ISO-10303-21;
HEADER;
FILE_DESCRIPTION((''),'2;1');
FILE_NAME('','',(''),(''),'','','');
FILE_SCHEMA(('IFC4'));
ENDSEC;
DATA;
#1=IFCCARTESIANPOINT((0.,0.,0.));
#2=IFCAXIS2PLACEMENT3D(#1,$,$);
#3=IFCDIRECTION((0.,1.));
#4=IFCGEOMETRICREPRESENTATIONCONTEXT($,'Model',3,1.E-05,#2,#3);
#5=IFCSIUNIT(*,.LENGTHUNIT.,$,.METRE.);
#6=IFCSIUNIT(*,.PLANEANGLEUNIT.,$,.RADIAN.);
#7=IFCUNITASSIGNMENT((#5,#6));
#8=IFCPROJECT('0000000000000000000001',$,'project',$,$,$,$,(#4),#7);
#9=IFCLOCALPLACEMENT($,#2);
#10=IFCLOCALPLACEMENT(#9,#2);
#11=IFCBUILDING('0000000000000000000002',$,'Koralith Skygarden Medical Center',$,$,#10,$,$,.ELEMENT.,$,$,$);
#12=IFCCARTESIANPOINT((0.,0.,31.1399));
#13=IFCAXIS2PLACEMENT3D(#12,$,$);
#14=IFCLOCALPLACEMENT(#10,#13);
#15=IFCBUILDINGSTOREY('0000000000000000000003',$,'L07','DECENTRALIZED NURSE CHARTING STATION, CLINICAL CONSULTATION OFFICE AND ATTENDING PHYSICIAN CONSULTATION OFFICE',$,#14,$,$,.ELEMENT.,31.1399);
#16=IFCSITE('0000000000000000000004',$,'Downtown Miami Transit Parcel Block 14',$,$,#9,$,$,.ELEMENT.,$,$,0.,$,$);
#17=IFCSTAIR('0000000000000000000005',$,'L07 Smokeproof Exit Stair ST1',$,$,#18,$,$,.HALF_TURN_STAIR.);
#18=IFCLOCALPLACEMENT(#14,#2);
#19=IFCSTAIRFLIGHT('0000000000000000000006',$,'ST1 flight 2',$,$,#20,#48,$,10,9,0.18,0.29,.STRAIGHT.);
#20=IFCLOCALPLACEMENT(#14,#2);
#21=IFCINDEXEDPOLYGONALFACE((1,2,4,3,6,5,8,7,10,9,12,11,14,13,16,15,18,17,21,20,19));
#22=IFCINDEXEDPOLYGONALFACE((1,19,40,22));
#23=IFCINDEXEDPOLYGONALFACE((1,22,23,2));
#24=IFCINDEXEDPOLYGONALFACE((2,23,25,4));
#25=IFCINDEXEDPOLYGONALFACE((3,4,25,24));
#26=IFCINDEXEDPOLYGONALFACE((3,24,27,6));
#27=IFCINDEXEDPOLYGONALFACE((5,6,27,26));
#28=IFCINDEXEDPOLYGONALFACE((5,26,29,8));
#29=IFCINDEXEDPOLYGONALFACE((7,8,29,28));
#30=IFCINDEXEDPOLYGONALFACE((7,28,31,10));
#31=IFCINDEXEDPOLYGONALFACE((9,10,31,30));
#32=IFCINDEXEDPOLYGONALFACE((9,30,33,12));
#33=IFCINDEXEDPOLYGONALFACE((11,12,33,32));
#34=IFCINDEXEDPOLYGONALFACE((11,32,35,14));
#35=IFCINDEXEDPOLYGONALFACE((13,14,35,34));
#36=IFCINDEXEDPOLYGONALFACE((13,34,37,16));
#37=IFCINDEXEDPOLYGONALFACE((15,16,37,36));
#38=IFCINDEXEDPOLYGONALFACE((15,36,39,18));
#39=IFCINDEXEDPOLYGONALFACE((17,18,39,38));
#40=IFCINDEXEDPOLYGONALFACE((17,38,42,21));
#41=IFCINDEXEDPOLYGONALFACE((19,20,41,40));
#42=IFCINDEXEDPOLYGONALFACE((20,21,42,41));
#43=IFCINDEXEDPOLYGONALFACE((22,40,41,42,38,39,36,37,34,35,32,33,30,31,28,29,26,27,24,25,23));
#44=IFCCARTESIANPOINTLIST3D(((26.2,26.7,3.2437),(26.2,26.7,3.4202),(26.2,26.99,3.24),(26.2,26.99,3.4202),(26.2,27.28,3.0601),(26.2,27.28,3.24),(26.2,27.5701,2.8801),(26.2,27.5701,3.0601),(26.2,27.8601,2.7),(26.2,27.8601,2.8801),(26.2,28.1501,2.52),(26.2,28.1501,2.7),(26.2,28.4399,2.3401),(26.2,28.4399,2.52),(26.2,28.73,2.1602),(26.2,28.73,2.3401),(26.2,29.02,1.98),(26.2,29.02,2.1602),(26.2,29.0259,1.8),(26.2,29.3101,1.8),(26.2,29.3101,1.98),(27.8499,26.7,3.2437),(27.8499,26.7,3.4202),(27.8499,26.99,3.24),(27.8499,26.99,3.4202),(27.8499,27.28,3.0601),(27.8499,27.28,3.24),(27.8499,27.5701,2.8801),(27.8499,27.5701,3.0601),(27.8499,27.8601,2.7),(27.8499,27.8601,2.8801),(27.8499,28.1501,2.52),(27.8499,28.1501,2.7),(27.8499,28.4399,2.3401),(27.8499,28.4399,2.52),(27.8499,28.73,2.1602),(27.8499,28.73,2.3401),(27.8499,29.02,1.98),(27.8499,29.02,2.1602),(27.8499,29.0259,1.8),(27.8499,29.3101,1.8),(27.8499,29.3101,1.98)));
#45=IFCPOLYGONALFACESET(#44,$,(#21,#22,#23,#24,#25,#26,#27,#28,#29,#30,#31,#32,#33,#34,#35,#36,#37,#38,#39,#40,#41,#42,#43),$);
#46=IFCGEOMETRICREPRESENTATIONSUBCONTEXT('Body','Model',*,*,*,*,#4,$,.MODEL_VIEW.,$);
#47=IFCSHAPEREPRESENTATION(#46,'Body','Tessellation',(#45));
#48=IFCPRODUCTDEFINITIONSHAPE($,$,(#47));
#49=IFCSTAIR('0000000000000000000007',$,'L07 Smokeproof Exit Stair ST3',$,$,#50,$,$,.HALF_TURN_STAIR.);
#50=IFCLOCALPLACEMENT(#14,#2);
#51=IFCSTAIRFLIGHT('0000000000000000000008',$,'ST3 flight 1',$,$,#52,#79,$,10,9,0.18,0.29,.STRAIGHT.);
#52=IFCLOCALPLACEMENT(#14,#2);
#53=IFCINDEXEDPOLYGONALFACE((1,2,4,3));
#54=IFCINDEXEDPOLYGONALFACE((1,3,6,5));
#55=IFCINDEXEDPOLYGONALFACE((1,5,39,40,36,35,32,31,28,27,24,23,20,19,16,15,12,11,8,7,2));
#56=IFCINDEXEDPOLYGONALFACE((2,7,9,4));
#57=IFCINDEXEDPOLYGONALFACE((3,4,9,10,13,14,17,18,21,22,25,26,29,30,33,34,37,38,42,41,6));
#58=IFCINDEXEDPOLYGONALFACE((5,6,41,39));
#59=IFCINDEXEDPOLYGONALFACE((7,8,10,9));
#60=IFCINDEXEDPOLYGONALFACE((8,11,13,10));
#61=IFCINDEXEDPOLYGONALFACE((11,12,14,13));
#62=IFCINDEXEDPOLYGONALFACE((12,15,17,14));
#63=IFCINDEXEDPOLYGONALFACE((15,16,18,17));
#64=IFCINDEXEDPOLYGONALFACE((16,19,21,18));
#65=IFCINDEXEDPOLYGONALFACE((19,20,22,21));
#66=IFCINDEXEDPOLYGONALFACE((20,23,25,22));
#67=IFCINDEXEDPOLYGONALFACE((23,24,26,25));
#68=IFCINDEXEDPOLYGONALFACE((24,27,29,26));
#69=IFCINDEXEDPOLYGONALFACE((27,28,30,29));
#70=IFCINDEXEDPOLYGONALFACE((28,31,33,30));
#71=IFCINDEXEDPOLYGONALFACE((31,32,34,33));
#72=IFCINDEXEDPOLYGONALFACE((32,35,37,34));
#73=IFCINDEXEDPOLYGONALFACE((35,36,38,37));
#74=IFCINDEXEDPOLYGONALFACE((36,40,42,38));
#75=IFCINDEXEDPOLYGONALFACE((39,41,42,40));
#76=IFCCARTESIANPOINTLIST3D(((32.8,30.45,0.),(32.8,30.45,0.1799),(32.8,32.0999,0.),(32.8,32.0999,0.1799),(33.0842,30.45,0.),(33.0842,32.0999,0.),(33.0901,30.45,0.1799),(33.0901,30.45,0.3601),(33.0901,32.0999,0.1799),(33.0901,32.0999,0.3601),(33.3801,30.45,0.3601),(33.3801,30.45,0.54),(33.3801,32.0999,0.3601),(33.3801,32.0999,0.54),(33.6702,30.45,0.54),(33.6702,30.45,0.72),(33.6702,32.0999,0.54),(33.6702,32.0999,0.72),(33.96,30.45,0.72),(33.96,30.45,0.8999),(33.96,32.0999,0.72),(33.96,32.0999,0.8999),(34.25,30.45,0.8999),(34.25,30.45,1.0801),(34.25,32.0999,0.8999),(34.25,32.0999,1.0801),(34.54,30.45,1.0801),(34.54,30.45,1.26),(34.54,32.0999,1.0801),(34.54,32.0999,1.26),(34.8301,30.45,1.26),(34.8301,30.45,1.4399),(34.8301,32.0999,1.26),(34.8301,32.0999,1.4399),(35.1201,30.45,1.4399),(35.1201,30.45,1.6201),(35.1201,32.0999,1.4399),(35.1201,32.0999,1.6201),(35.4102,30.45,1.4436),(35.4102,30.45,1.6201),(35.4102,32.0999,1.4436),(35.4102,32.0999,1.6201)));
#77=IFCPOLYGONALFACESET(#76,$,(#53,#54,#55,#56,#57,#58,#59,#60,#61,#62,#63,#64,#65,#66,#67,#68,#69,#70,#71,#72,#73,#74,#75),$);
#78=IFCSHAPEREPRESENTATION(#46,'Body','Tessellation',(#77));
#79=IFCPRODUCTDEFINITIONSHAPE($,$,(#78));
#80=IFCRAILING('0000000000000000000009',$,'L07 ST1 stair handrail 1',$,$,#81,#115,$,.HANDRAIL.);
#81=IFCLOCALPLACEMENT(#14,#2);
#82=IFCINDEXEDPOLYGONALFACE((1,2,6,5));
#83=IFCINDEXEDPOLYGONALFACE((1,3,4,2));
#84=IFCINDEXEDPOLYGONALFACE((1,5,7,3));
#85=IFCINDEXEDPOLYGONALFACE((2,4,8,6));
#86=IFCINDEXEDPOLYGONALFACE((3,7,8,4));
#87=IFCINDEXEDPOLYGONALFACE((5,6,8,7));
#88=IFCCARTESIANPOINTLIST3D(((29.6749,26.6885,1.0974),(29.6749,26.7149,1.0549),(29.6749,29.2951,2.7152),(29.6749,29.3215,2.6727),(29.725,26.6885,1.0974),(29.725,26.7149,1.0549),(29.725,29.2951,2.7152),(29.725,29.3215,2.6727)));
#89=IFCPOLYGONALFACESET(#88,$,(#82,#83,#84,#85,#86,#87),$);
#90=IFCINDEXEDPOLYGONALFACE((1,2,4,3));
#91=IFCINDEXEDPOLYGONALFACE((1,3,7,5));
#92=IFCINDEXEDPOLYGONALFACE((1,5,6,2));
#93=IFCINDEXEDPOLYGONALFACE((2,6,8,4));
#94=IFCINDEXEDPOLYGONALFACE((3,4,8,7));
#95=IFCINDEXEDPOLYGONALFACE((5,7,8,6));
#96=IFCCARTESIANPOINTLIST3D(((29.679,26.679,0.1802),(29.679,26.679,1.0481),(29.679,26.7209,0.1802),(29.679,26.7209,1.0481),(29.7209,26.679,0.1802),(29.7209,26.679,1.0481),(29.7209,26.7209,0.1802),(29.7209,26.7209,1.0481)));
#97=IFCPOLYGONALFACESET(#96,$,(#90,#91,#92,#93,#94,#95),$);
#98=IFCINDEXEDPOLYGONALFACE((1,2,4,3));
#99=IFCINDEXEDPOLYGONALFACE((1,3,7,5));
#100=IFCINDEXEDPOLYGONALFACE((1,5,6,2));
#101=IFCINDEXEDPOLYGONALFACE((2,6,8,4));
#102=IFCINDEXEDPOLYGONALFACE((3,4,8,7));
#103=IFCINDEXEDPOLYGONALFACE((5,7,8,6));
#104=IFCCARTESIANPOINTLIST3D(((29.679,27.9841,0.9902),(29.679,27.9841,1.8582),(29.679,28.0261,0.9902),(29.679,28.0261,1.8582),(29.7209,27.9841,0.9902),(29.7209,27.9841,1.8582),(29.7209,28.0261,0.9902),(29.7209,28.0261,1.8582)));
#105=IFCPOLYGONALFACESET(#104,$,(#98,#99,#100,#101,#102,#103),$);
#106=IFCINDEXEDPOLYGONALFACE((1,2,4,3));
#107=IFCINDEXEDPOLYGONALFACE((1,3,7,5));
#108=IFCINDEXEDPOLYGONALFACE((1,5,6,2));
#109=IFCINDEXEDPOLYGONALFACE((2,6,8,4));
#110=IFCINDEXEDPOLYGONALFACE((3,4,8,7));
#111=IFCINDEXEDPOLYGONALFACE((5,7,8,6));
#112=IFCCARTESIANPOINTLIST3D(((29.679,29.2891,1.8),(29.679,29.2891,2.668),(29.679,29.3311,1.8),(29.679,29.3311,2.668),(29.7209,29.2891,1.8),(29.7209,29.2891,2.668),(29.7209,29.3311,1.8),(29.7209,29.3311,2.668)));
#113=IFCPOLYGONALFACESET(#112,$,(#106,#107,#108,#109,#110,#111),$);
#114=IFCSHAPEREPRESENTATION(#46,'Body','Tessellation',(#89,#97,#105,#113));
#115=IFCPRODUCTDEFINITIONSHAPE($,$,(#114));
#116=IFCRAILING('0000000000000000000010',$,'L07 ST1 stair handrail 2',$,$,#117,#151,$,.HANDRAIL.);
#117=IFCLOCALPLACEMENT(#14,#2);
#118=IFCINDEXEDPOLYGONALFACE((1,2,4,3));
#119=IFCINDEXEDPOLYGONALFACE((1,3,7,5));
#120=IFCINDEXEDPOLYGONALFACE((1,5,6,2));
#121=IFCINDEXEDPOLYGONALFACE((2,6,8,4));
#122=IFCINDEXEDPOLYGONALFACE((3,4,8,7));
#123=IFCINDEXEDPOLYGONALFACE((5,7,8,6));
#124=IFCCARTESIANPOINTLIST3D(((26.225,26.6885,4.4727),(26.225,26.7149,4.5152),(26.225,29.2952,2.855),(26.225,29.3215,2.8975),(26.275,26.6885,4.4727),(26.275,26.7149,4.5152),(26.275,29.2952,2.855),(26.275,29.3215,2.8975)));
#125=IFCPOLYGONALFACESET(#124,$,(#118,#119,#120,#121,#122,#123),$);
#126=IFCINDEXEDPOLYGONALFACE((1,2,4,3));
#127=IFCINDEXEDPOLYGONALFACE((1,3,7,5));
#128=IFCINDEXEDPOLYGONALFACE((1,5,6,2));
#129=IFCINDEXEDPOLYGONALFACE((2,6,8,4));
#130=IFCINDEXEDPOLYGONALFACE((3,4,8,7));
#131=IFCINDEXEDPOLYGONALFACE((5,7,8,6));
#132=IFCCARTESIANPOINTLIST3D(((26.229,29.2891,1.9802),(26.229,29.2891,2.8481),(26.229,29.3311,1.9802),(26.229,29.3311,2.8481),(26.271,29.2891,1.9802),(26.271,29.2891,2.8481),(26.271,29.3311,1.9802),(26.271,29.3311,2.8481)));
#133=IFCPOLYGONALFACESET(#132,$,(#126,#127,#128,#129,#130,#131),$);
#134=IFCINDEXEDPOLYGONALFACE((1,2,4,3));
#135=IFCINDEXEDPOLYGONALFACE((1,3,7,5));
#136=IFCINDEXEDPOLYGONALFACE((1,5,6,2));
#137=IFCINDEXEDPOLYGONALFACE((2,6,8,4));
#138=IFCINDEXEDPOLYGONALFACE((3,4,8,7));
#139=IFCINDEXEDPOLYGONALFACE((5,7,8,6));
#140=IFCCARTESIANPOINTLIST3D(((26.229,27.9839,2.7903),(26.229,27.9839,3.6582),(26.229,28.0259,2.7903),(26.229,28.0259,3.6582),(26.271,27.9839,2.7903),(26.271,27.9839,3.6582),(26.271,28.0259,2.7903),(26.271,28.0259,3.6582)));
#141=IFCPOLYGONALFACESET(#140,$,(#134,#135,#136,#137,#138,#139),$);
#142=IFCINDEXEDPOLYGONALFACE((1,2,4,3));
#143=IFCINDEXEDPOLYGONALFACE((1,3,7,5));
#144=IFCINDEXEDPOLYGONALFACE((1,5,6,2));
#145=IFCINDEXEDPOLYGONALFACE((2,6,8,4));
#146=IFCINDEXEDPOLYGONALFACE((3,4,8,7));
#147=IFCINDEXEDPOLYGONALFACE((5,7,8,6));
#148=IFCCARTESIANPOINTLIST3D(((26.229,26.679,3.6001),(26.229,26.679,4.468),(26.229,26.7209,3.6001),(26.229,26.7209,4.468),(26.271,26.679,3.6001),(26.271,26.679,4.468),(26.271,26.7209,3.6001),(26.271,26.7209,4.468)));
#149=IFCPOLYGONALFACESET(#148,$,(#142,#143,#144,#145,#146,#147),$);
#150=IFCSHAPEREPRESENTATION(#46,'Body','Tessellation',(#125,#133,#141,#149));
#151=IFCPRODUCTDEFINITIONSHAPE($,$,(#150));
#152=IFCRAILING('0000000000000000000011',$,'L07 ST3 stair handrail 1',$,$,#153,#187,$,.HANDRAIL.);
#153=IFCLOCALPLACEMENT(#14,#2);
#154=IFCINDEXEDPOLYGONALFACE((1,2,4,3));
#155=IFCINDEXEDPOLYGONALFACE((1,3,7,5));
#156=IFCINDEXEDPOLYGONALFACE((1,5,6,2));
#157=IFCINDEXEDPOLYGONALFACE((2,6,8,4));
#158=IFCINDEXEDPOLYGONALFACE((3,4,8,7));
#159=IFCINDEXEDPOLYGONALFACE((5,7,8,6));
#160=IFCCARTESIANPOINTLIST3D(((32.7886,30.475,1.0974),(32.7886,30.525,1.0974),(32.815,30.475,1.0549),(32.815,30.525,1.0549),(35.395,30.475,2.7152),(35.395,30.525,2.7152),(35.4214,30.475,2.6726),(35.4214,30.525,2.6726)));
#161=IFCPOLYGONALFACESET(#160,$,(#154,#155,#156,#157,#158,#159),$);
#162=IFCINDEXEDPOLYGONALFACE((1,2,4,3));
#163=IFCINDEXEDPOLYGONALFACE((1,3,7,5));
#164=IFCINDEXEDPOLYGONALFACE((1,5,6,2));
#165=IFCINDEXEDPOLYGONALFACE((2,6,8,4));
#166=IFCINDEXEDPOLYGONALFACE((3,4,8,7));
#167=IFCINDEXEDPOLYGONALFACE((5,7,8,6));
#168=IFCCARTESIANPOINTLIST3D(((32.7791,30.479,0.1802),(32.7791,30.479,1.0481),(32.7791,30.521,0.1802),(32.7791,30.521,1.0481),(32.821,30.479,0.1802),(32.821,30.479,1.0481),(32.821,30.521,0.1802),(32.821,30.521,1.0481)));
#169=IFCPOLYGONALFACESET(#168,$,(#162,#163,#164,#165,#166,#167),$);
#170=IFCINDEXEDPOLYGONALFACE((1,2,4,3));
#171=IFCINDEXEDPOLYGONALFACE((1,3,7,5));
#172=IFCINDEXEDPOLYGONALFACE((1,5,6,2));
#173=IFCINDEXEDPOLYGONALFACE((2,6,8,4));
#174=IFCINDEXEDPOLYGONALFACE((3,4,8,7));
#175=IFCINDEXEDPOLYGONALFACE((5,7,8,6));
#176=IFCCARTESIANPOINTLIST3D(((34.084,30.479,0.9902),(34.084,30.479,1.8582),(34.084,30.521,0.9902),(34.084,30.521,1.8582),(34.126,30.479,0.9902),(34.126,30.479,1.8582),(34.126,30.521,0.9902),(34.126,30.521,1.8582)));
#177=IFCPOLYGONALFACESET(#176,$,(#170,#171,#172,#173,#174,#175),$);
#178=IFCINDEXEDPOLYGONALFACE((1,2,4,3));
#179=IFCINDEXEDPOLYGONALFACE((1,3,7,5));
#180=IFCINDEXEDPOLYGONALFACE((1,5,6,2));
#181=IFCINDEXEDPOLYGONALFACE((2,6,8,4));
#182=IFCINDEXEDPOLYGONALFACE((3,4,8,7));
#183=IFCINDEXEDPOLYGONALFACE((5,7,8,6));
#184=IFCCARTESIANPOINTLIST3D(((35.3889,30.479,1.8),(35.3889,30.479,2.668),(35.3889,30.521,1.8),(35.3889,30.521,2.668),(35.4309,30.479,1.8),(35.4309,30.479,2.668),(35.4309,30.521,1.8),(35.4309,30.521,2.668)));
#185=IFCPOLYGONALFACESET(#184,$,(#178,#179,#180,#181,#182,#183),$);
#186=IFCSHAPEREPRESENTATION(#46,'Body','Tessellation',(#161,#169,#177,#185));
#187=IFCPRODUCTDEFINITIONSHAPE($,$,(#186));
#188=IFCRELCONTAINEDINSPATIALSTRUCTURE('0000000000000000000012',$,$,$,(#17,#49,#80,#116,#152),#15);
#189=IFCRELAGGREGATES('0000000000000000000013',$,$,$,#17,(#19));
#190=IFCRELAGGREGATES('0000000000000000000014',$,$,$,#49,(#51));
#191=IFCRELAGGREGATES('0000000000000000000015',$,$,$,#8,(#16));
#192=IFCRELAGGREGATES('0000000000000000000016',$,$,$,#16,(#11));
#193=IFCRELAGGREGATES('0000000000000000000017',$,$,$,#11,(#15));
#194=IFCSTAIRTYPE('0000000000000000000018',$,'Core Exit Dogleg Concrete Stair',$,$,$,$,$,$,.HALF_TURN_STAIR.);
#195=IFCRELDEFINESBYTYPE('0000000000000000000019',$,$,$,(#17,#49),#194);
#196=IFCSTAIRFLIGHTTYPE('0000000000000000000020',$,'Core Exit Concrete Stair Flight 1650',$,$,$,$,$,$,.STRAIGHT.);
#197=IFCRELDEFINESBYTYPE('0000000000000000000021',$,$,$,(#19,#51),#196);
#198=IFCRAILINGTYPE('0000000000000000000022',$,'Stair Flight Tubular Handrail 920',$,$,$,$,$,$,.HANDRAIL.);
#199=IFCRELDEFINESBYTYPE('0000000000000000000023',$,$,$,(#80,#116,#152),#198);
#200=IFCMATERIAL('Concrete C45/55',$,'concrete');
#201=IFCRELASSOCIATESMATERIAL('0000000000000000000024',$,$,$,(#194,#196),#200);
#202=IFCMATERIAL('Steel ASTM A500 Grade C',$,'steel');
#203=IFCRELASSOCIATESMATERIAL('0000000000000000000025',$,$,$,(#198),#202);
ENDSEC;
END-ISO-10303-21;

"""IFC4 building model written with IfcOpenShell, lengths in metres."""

from ifc_helpers import new_model, si_unit, direction, frame, origin, origin_2d, place, context, subcontext, project, spatial, polyline, rectangle, outline, extrude, material, type_object, element, aggregate, save


model = new_model("IFC4")

# Units and contexts
model_context = context("Model", 3, precision=1e-05, world=origin(), true_north=direction((0.0, 1.0)))
body_context = subcontext(model_context, "Body", "Model", "MODEL_VIEW")
ifc_project = project(units=[si_unit("LENGTHUNIT", "METRE"), si_unit("PLANEANGLEUNIT", "RADIAN")], contexts=[model_context])

# Site, building, storey
site_placement = place(None, origin())
site = spatial("IfcSite", under=ifc_project, at=site_placement, Name="Downtown Miami Transit Parcel Block 14", CompositionType="ELEMENT", RefElevation=0.0)
building_placement = place(site_placement, origin())
building = spatial("IfcBuilding", under=site, at=building_placement, Name="Koralith Skygarden Medical Center", CompositionType="ELEMENT")
storey_placement = place(building_placement, frame((0.0, 0.0, 31.1399)))
storey = spatial("IfcBuildingStorey", under=building, at=storey_placement, Name="L07", Description="DECENTRALIZED NURSE CHARTING STATION, CLINICAL CONSULTATION OFFICE AND ATTENDING PHYSICIAN CONSULTATION OFFICE", CompositionType="ELEMENT", Elevation=31.1399)

# Shared definitions
ifc_material_1 = material(Name="Concrete C45/55", Category="concrete")

# Stair, stair flight
stair_type = type_object("IfcStairType", Name="Core Exit Dogleg Concrete Stair", PredefinedType="HALF_TURN_STAIR", material=ifc_material_1)
stair_1_placement = place(storey_placement, origin())
stair_1 = element("IfcStair", 1, at=stair_1_placement, inside=storey, type_object=stair_type, Name="L07 Smokeproof Exit Stair ST1", PredefinedType="HALF_TURN_STAIR")
stair_flight_type = type_object("IfcStairFlightType", Name="Core Exit Concrete Stair Flight 1650", PredefinedType="STRAIGHT", material=ifc_material_1)
stair_flight_1_placement = place(storey_placement, frame((27.0249, 29.3101, 1.8), z_axis=(0.0, 0.0, 1.0), x_axis=(0.0, -1.0, 0.0)))
stair_flight_1 = element("IfcStairFlight", 2, at=stair_flight_1_placement, type_object=stair_flight_type, Name="ST1 flight 2", NumberOfRisers=10, NumberOfTreads=9, PredefinedType="STRAIGHT", RiserHeight=0.18, TreadLength=0.29, context=body_context, shape_type="SweptSolid", body=[
    extrude(outline(polyline([(0.0, 0.0), (0.0, 0.1799), (0.29, 0.1799), (0.29, 0.3601), (0.5801, 0.3601), (0.5801, 0.54), (0.8701, 0.54), (0.8701, 0.72), (1.1599, 0.72), (1.1599, 0.8999), (1.45, 0.8999), (1.45, 1.0801), (1.74, 1.0801), (1.74, 1.26), (2.03, 1.26), (2.03, 1.4399), (2.3201, 1.4399), (2.3201, 1.6201), (2.6101, 1.6201), (2.6101, 1.8), (2.6101, 1.4436), (0.2842, 0.0), (0.0, 0.0)])), frame((0.0, 0.825, 0.0), z_axis=(0.0, -1.0, 0.0), x_axis=(1.0, 0.0, 0.0)), (0.0, 0.0, 1.0), 1.6499),
])
aggregate(stair_1, [stair_flight_1])

# Stair, stair flight
stair_2_placement = place(storey_placement, origin())
stair_2 = element("IfcStair", 3, at=stair_2_placement, inside=storey, type_object=stair_type, Name="L07 Smokeproof Exit Stair ST3", PredefinedType="HALF_TURN_STAIR")
stair_flight_2_placement = place(storey_placement, frame((32.8, 31.2749, 0.0), z_axis=(0.0, 0.0, 1.0), x_axis=(1.0, 0.0, 0.0)))
stair_flight_2 = element("IfcStairFlight", 4, at=stair_flight_2_placement, type_object=stair_flight_type, Name="ST3 flight 1", NumberOfRisers=10, NumberOfTreads=9, PredefinedType="STRAIGHT", RiserHeight=0.18, TreadLength=0.29, context=body_context, shape_type="SweptSolid", body=[
    extrude(outline(polyline([(0.0, 0.0), (0.0, 0.1799), (0.29, 0.1799), (0.29, 0.3601), (0.5801, 0.3601), (0.5801, 0.54), (0.8701, 0.54), (0.8701, 0.72), (1.1599, 0.72), (1.1599, 0.8999), (1.45, 0.8999), (1.45, 1.0801), (1.74, 1.0801), (1.74, 1.26), (2.03, 1.26), (2.03, 1.4399), (2.3201, 1.4399), (2.3201, 1.6201), (2.6101, 1.6201), (2.6101, 1.8), (2.6101, 1.4436), (0.2842, 0.0), (0.0, 0.0)])), frame((0.0, 0.825, 0.0), z_axis=(0.0, -1.0, 0.0), x_axis=(1.0, 0.0, 0.0)), (0.0, 0.0, 1.0), 1.6499),
])
aggregate(stair_2, [stair_flight_2])

# Railings
ifc_material_2 = material(Name="Steel ASTM A500 Grade C", Category="steel")
railing_type_1 = type_object("IfcRailingType", Name="Stair Flight Tubular Handrail 920", PredefinedType="HANDRAIL", material=ifc_material_2)
railing_1_placement = place(storey_placement, frame((29.7, 26.7, 0.1802)))
element("IfcRailing", 5, at=railing_1_placement, inside=storey, type_object=railing_type_1, Name="L07 ST1 stair handrail 1", PredefinedType="HANDRAIL", context=body_context, shape_type="SweptSolid", body=[
    extrude(rectangle(XDim=0.05, YDim=0.05, at=origin_2d()), frame((0.0, 0.0017, 0.896), z_axis=(0.0, 0.849668, 0.527317), x_axis=(-1.0, 0.0, 0.0)), (0.0, 0.0, 1.0), 3.0679),
    extrude(rectangle(XDim=0.042, YDim=0.042, at=origin_2d()), origin(), (0.0, 0.0, 1.0), 0.8679),
    extrude(rectangle(XDim=0.042, YDim=0.042, at=origin_2d()), frame((0.0, 1.3052, 0.8101)), (0.0, 0.0, 1.0), 0.8679),
    extrude(rectangle(XDim=0.042, YDim=0.042, at=origin_2d()), frame((0.0, 2.6101, 1.6199)), (0.0, 0.0, 1.0), 0.8679),
])
railing_2_placement = place(storey_placement, frame((26.25, 29.3101, 1.9802)))
element("IfcRailing", 6, at=railing_2_placement, inside=storey, type_object=railing_type_1, Name="L07 ST1 stair handrail 2", PredefinedType="HANDRAIL", context=body_context, shape_type="SweptSolid", body=[
    extrude(rectangle(XDim=0.05, YDim=0.05, at=origin_2d()), frame((0.0, -0.0017, 0.896), z_axis=(0.0, -0.849668, 0.527317), x_axis=(1.0, 0.0, 0.0)), (0.0, 0.0, 1.0), 3.0679),
    extrude(rectangle(XDim=0.042, YDim=0.042, at=origin_2d()), origin(), (0.0, 0.0, 1.0), 0.8679),
    extrude(rectangle(XDim=0.042, YDim=0.042, at=origin_2d()), frame((0.0, -1.3052, 0.8101)), (0.0, 0.0, 1.0), 0.8679),
    extrude(rectangle(XDim=0.042, YDim=0.042, at=origin_2d()), frame((0.0, -2.6101, 1.6199)), (0.0, 0.0, 1.0), 0.8679),
])
railing_3_placement = place(storey_placement, frame((32.8, 30.5, 0.1802)))
element("IfcRailing", 7, at=railing_3_placement, inside=storey, type_object=railing_type_1, Name="L07 ST3 stair handrail 1", PredefinedType="HANDRAIL", context=body_context, shape_type="SweptSolid", body=[
    extrude(rectangle(XDim=0.05, YDim=0.05, at=origin_2d()), frame((0.0017, 0.0, 0.896), z_axis=(0.849646, 0.0, 0.527353), x_axis=(0.0, 1.0, 0.0)), (0.0, 0.0, 1.0), 3.0676),
    extrude(rectangle(XDim=0.042, YDim=0.042, at=origin_2d()), origin(), (0.0, 0.0, 1.0), 0.8679),
    extrude(rectangle(XDim=0.042, YDim=0.042, at=origin_2d()), frame((1.3049, 0.0, 0.8101)), (0.0, 0.0, 1.0), 0.8679),
    extrude(rectangle(XDim=0.042, YDim=0.042, at=origin_2d()), frame((2.6099, 0.0, 1.6199)), (0.0, 0.0, 1.0), 0.8679),
])

save(model, "model.ifc")
